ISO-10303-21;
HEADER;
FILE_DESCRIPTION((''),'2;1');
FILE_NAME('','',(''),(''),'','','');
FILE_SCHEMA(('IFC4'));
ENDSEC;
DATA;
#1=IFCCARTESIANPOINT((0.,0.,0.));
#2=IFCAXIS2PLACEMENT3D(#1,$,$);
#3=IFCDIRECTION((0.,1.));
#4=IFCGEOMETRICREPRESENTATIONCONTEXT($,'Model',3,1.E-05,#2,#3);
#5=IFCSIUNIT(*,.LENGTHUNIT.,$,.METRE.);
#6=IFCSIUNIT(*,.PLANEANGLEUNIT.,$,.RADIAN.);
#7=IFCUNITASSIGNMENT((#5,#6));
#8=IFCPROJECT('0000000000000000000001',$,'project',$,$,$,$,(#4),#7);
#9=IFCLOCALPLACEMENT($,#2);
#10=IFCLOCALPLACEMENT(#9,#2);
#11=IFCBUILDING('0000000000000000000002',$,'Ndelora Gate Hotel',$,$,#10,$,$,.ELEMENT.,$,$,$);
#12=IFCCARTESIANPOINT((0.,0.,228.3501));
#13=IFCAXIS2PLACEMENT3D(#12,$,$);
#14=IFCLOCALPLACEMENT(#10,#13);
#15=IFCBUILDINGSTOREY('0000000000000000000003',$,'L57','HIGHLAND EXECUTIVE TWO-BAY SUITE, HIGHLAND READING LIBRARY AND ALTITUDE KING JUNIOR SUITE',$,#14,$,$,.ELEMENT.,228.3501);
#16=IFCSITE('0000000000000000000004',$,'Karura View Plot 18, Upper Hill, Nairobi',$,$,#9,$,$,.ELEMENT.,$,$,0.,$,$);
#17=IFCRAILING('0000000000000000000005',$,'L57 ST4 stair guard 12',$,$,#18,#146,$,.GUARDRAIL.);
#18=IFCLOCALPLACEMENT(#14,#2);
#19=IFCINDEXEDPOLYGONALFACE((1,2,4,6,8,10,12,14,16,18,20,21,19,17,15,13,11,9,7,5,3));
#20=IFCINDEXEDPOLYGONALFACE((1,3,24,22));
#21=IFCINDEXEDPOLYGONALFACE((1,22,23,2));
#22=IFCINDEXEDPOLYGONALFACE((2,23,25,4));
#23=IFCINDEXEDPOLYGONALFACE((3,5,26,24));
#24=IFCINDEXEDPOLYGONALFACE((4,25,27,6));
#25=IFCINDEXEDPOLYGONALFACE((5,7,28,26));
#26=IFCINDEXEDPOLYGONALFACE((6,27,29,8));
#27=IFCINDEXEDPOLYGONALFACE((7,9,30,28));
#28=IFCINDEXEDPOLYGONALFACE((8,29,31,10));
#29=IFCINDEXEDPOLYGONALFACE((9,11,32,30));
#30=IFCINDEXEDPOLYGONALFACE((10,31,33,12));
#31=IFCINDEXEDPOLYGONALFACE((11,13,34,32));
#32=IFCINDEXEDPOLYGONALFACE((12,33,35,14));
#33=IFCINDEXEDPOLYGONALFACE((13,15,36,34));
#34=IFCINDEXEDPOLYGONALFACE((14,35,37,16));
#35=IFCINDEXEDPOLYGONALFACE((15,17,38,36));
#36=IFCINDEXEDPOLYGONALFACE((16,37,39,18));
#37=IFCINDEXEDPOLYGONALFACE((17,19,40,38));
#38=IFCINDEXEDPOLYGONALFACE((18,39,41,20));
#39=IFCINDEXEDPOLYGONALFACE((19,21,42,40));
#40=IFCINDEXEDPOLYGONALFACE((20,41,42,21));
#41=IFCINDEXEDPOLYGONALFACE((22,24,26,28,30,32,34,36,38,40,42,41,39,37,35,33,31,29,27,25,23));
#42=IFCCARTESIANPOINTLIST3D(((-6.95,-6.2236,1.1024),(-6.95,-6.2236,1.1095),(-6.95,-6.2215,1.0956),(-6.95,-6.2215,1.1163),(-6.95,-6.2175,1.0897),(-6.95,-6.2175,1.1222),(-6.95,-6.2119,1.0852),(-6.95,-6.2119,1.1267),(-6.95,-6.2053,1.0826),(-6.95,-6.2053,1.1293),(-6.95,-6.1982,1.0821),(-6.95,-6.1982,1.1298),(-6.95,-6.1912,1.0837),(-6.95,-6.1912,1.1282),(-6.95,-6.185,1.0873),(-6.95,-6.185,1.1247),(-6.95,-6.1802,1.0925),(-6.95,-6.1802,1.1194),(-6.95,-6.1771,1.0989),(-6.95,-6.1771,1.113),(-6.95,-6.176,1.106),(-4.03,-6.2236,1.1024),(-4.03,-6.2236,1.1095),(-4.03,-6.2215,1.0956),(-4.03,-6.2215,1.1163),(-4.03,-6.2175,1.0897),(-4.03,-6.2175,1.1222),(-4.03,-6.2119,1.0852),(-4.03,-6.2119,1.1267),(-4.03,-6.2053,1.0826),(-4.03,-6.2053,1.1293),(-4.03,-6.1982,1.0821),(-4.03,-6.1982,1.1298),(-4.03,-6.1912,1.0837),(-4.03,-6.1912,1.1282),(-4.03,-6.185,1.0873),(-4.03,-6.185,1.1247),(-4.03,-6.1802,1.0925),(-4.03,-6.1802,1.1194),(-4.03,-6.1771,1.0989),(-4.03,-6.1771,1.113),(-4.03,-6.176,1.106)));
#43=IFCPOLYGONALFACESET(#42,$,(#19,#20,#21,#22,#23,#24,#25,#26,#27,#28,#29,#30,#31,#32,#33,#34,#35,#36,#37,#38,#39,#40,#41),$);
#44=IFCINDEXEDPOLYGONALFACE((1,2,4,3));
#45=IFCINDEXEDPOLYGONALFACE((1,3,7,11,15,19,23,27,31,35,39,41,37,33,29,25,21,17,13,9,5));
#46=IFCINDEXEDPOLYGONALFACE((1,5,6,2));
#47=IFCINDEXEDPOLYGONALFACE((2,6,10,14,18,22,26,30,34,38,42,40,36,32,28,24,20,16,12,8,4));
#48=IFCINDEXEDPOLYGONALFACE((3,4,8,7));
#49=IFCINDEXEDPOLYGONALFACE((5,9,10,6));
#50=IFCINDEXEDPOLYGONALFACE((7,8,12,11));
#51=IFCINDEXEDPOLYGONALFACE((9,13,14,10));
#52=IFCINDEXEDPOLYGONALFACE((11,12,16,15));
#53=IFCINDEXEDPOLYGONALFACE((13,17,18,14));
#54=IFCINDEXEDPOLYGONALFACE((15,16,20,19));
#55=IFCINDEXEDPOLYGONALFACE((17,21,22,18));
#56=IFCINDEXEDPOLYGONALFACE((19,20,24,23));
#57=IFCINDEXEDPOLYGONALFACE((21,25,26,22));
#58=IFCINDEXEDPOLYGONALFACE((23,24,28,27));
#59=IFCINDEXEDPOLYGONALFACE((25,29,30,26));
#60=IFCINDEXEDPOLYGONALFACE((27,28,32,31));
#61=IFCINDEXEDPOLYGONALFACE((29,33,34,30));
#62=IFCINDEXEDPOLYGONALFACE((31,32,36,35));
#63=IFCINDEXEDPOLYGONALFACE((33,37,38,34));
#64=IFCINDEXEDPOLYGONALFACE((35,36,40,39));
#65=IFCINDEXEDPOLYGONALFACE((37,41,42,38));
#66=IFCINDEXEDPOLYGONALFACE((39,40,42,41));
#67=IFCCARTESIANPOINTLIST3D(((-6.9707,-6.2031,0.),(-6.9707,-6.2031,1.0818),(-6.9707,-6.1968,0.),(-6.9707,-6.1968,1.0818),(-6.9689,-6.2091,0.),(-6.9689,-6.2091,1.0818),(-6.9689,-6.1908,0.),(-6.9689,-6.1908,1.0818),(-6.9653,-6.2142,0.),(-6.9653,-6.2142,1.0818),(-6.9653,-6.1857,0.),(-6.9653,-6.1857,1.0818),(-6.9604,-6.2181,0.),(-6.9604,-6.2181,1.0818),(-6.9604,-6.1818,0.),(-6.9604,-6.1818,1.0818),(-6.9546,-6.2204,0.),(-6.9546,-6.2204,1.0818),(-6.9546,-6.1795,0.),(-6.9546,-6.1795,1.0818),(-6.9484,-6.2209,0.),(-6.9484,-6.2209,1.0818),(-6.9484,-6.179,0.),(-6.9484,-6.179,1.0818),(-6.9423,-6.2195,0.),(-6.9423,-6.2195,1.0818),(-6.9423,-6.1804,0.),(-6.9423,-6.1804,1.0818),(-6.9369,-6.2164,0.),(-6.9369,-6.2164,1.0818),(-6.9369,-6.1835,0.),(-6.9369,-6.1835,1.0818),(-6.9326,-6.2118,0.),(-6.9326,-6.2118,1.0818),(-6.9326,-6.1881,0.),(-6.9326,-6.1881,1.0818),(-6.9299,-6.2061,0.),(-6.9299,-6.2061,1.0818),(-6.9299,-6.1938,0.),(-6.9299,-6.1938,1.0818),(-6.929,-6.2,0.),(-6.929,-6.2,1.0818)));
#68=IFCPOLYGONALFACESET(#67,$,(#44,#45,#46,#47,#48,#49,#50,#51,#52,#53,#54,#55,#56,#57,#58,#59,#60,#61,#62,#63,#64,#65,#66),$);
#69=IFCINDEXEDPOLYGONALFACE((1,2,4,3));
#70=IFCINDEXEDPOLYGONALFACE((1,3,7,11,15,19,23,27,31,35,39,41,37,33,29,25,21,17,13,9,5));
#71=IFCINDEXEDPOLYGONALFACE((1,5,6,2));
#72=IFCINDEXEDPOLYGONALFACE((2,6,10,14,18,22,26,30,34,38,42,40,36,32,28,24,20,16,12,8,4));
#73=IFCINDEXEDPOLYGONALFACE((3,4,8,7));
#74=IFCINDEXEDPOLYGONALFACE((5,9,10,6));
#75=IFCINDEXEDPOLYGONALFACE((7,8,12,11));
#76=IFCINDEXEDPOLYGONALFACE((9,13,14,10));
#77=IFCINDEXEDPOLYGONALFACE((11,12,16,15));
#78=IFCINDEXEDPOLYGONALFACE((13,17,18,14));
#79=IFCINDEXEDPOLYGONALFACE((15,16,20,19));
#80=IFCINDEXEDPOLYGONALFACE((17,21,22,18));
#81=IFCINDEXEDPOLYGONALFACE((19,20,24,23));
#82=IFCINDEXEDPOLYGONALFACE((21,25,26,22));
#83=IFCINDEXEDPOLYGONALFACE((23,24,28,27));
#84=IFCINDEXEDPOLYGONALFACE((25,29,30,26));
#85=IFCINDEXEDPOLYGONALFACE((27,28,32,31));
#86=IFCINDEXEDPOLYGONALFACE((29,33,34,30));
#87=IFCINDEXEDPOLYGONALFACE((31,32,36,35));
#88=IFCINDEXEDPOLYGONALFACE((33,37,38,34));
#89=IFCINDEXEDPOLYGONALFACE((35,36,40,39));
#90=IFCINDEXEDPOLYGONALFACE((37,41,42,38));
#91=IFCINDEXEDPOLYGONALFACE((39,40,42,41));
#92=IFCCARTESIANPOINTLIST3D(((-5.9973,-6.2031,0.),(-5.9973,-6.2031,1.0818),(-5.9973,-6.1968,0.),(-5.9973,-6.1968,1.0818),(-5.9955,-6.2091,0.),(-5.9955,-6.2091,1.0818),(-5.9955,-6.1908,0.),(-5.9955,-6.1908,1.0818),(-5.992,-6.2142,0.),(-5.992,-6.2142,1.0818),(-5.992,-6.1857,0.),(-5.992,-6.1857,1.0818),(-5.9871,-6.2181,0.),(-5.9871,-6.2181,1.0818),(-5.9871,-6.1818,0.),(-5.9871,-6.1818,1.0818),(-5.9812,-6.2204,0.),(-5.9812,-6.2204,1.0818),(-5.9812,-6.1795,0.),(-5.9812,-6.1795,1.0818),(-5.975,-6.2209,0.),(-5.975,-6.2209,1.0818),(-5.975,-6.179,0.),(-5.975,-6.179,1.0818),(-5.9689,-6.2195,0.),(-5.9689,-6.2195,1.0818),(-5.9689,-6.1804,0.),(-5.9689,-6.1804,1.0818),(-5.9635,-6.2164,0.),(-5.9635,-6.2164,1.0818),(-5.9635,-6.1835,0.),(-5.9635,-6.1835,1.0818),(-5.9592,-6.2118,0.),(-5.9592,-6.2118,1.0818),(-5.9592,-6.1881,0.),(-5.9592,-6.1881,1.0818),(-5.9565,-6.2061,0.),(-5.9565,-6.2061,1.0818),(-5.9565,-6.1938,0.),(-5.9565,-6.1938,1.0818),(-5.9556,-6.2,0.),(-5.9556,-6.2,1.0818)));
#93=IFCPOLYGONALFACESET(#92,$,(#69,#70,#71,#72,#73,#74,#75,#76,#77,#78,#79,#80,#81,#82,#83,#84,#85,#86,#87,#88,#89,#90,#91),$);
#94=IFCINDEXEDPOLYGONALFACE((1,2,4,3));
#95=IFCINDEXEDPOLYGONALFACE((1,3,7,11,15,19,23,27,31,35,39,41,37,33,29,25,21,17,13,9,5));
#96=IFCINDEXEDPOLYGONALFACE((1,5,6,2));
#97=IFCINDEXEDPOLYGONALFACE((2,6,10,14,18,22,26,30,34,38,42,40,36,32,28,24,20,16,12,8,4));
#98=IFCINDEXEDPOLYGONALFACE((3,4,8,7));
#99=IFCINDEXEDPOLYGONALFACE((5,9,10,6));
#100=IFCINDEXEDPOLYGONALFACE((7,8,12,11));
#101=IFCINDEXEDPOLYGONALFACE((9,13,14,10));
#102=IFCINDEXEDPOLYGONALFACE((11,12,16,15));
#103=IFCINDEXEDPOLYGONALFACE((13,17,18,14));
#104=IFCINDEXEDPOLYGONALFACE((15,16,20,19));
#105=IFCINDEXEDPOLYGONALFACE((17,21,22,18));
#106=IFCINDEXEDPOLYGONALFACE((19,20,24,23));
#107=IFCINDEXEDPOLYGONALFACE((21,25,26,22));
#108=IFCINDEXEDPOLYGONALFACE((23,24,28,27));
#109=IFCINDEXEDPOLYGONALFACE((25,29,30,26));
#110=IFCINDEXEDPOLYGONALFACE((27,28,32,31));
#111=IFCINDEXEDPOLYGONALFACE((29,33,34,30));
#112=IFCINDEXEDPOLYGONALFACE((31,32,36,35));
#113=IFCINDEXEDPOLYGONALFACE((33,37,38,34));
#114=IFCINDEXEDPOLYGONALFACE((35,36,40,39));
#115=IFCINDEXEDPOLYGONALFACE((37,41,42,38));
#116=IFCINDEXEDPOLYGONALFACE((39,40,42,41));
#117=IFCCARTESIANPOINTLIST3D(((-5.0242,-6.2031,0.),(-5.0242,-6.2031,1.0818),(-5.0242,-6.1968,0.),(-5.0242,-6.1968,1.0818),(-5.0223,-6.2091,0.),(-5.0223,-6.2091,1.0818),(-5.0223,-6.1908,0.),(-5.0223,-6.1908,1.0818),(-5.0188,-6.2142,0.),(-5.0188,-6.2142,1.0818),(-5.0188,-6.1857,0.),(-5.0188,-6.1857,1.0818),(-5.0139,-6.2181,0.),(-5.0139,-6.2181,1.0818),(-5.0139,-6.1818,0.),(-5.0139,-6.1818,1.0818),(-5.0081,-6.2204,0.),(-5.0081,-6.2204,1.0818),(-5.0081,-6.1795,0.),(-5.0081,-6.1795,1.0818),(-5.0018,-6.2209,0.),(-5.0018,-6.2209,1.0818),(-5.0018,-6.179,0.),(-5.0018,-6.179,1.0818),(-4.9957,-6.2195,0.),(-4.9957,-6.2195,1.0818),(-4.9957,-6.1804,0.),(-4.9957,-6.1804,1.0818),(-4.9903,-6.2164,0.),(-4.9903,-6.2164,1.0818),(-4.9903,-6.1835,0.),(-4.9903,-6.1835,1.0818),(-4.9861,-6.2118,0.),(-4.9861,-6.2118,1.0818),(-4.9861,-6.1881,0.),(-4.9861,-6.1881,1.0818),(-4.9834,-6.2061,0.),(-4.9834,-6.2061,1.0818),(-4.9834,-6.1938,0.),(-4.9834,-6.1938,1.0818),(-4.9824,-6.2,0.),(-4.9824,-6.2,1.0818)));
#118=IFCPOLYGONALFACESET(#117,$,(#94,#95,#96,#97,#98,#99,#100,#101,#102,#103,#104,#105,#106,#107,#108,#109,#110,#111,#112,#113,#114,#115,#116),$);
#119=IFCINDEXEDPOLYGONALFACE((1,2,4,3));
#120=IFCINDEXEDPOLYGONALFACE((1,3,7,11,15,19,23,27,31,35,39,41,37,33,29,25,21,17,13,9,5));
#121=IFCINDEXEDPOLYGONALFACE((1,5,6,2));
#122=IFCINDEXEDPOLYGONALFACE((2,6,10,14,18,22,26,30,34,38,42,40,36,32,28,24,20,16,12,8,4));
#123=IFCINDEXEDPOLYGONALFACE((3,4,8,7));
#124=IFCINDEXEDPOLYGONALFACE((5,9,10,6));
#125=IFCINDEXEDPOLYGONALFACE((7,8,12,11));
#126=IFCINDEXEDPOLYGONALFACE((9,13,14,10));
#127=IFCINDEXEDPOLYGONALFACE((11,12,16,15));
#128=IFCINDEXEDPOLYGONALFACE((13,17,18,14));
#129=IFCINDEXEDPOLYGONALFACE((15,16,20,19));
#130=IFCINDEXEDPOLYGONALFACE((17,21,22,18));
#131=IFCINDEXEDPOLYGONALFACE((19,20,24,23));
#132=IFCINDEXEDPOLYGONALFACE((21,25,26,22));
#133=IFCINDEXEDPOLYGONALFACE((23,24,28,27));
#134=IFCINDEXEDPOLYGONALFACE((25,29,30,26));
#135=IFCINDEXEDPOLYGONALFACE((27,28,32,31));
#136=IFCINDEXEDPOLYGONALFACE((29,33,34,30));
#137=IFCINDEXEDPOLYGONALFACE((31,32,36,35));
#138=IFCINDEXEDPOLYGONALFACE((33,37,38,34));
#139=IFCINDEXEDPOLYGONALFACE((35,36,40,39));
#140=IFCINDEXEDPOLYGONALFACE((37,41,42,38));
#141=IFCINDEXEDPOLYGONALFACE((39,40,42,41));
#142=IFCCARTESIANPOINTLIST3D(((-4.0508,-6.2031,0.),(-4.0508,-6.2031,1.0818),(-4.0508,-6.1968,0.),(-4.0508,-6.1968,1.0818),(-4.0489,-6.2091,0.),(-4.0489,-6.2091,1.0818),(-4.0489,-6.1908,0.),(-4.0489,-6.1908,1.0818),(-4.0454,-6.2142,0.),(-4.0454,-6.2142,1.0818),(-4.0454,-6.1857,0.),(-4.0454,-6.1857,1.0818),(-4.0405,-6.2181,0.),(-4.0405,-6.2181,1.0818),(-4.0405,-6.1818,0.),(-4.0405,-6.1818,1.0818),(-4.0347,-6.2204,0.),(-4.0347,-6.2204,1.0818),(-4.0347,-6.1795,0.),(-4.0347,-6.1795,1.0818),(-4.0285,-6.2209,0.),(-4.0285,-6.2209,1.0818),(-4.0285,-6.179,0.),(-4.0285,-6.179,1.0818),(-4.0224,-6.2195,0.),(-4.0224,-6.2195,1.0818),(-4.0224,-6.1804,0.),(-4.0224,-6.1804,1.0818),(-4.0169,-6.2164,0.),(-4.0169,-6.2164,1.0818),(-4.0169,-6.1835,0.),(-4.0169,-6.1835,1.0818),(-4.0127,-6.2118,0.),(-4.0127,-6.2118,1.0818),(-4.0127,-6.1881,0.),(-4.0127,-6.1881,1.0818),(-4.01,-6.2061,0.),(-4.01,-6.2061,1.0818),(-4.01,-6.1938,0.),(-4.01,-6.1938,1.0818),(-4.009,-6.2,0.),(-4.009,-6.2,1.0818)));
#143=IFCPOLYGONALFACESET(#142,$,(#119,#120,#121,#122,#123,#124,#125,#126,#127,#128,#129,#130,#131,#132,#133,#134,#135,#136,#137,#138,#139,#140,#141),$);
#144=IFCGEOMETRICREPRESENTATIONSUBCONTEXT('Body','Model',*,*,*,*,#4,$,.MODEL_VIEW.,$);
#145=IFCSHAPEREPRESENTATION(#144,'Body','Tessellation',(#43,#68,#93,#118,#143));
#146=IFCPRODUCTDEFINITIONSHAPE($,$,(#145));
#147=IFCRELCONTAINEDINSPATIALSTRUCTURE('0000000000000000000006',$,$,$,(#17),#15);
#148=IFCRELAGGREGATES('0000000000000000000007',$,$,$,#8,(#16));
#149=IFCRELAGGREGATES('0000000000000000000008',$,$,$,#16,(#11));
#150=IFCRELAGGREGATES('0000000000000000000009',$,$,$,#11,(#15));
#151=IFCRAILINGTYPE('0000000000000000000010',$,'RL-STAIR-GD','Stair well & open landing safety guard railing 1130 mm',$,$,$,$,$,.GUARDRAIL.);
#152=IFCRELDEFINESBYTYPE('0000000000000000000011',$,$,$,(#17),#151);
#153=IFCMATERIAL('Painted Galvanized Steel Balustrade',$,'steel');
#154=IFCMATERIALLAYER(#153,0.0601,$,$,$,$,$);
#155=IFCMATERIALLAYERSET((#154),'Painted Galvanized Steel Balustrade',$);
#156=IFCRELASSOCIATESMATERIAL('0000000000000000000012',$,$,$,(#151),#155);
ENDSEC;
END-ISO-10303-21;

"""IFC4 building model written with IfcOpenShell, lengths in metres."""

from ifc_helpers import new_model, si_unit, direction, frame, origin, origin_2d, place, context, subcontext, project, spatial, circle, extrude, material, layer, layer_set, type_object, element, save


model = new_model("IFC4")

# Units and contexts
model_context = context("Model", 3, precision=1e-05, world=origin(), true_north=direction((0.0, 1.0)))
body_context = subcontext(model_context, "Body", "Model", "MODEL_VIEW")
ifc_project = project(units=[si_unit("LENGTHUNIT", "METRE"), si_unit("PLANEANGLEUNIT", "RADIAN")], contexts=[model_context])

# Site, building, storey
site_placement = place(None, origin())
site = spatial("IfcSite", under=ifc_project, at=site_placement, Name="Karura View Plot 18, Upper Hill, Nairobi", CompositionType="ELEMENT", RefElevation=0.0)
building_placement = place(site_placement, origin())
building = spatial("IfcBuilding", under=site, at=building_placement, Name="Ndelora Gate Hotel", CompositionType="ELEMENT")
storey_placement = place(building_placement, frame((0.0, 0.0, 228.3501)))
storey = spatial("IfcBuildingStorey", under=building, at=storey_placement, Name="L57", Description="HIGHLAND EXECUTIVE TWO-BAY SUITE, HIGHLAND READING LIBRARY AND ALTITUDE KING JUNIOR SUITE", CompositionType="ELEMENT", Elevation=228.3501)

# Railing
ifc_material_1 = material(Name="Painted Galvanized Steel Balustrade", Category="steel")
ifc_layer_1 = layer(ifc_material_1, 0.0601)
ifc_layer_set_1 = layer_set([ifc_layer_1], Name="Painted Galvanized Steel Balustrade")
railing_type = type_object("IfcRailingType", Name="RL-STAIR-GD", Description="Stair well & open landing safety guard railing 1130 mm", PredefinedType="GUARDRAIL", material=ifc_layer_set_1)
railing_1_placement = place(storey_placement, frame((-6.95, -6.2, 0.0)))
element("IfcRailing", 1, at=railing_1_placement, inside=storey, type_object=railing_type, Name="L57 ST4 stair guard 12", PredefinedType="GUARDRAIL", context=body_context, shape_type="SweptSolid", body=[
    extrude(circle(Radius=0.0239, at=origin_2d()), frame((0.0, 0.0, 1.106), z_axis=(1.0, 0.0, 0.0), x_axis=(0.0, 1.0, 0.0)), (0.0, 0.0, 1.0), 2.9199),
    extrude(circle(Radius=0.021, at=origin_2d()), origin(), (0.0, 0.0, 1.0), 1.0818),
    extrude(circle(Radius=0.021, at=origin_2d()), frame((0.9734, 0.0, 0.0)), (0.0, 0.0, 1.0), 1.0818),
    extrude(circle(Radius=0.021, at=origin_2d()), frame((1.9465, 0.0, 0.0)), (0.0, 0.0, 1.0), 1.0818),
    extrude(circle(Radius=0.021, at=origin_2d()), frame((2.9199, 0.0, 0.0)), (0.0, 0.0, 1.0), 1.0818),
])

save(model, "model.ifc")
